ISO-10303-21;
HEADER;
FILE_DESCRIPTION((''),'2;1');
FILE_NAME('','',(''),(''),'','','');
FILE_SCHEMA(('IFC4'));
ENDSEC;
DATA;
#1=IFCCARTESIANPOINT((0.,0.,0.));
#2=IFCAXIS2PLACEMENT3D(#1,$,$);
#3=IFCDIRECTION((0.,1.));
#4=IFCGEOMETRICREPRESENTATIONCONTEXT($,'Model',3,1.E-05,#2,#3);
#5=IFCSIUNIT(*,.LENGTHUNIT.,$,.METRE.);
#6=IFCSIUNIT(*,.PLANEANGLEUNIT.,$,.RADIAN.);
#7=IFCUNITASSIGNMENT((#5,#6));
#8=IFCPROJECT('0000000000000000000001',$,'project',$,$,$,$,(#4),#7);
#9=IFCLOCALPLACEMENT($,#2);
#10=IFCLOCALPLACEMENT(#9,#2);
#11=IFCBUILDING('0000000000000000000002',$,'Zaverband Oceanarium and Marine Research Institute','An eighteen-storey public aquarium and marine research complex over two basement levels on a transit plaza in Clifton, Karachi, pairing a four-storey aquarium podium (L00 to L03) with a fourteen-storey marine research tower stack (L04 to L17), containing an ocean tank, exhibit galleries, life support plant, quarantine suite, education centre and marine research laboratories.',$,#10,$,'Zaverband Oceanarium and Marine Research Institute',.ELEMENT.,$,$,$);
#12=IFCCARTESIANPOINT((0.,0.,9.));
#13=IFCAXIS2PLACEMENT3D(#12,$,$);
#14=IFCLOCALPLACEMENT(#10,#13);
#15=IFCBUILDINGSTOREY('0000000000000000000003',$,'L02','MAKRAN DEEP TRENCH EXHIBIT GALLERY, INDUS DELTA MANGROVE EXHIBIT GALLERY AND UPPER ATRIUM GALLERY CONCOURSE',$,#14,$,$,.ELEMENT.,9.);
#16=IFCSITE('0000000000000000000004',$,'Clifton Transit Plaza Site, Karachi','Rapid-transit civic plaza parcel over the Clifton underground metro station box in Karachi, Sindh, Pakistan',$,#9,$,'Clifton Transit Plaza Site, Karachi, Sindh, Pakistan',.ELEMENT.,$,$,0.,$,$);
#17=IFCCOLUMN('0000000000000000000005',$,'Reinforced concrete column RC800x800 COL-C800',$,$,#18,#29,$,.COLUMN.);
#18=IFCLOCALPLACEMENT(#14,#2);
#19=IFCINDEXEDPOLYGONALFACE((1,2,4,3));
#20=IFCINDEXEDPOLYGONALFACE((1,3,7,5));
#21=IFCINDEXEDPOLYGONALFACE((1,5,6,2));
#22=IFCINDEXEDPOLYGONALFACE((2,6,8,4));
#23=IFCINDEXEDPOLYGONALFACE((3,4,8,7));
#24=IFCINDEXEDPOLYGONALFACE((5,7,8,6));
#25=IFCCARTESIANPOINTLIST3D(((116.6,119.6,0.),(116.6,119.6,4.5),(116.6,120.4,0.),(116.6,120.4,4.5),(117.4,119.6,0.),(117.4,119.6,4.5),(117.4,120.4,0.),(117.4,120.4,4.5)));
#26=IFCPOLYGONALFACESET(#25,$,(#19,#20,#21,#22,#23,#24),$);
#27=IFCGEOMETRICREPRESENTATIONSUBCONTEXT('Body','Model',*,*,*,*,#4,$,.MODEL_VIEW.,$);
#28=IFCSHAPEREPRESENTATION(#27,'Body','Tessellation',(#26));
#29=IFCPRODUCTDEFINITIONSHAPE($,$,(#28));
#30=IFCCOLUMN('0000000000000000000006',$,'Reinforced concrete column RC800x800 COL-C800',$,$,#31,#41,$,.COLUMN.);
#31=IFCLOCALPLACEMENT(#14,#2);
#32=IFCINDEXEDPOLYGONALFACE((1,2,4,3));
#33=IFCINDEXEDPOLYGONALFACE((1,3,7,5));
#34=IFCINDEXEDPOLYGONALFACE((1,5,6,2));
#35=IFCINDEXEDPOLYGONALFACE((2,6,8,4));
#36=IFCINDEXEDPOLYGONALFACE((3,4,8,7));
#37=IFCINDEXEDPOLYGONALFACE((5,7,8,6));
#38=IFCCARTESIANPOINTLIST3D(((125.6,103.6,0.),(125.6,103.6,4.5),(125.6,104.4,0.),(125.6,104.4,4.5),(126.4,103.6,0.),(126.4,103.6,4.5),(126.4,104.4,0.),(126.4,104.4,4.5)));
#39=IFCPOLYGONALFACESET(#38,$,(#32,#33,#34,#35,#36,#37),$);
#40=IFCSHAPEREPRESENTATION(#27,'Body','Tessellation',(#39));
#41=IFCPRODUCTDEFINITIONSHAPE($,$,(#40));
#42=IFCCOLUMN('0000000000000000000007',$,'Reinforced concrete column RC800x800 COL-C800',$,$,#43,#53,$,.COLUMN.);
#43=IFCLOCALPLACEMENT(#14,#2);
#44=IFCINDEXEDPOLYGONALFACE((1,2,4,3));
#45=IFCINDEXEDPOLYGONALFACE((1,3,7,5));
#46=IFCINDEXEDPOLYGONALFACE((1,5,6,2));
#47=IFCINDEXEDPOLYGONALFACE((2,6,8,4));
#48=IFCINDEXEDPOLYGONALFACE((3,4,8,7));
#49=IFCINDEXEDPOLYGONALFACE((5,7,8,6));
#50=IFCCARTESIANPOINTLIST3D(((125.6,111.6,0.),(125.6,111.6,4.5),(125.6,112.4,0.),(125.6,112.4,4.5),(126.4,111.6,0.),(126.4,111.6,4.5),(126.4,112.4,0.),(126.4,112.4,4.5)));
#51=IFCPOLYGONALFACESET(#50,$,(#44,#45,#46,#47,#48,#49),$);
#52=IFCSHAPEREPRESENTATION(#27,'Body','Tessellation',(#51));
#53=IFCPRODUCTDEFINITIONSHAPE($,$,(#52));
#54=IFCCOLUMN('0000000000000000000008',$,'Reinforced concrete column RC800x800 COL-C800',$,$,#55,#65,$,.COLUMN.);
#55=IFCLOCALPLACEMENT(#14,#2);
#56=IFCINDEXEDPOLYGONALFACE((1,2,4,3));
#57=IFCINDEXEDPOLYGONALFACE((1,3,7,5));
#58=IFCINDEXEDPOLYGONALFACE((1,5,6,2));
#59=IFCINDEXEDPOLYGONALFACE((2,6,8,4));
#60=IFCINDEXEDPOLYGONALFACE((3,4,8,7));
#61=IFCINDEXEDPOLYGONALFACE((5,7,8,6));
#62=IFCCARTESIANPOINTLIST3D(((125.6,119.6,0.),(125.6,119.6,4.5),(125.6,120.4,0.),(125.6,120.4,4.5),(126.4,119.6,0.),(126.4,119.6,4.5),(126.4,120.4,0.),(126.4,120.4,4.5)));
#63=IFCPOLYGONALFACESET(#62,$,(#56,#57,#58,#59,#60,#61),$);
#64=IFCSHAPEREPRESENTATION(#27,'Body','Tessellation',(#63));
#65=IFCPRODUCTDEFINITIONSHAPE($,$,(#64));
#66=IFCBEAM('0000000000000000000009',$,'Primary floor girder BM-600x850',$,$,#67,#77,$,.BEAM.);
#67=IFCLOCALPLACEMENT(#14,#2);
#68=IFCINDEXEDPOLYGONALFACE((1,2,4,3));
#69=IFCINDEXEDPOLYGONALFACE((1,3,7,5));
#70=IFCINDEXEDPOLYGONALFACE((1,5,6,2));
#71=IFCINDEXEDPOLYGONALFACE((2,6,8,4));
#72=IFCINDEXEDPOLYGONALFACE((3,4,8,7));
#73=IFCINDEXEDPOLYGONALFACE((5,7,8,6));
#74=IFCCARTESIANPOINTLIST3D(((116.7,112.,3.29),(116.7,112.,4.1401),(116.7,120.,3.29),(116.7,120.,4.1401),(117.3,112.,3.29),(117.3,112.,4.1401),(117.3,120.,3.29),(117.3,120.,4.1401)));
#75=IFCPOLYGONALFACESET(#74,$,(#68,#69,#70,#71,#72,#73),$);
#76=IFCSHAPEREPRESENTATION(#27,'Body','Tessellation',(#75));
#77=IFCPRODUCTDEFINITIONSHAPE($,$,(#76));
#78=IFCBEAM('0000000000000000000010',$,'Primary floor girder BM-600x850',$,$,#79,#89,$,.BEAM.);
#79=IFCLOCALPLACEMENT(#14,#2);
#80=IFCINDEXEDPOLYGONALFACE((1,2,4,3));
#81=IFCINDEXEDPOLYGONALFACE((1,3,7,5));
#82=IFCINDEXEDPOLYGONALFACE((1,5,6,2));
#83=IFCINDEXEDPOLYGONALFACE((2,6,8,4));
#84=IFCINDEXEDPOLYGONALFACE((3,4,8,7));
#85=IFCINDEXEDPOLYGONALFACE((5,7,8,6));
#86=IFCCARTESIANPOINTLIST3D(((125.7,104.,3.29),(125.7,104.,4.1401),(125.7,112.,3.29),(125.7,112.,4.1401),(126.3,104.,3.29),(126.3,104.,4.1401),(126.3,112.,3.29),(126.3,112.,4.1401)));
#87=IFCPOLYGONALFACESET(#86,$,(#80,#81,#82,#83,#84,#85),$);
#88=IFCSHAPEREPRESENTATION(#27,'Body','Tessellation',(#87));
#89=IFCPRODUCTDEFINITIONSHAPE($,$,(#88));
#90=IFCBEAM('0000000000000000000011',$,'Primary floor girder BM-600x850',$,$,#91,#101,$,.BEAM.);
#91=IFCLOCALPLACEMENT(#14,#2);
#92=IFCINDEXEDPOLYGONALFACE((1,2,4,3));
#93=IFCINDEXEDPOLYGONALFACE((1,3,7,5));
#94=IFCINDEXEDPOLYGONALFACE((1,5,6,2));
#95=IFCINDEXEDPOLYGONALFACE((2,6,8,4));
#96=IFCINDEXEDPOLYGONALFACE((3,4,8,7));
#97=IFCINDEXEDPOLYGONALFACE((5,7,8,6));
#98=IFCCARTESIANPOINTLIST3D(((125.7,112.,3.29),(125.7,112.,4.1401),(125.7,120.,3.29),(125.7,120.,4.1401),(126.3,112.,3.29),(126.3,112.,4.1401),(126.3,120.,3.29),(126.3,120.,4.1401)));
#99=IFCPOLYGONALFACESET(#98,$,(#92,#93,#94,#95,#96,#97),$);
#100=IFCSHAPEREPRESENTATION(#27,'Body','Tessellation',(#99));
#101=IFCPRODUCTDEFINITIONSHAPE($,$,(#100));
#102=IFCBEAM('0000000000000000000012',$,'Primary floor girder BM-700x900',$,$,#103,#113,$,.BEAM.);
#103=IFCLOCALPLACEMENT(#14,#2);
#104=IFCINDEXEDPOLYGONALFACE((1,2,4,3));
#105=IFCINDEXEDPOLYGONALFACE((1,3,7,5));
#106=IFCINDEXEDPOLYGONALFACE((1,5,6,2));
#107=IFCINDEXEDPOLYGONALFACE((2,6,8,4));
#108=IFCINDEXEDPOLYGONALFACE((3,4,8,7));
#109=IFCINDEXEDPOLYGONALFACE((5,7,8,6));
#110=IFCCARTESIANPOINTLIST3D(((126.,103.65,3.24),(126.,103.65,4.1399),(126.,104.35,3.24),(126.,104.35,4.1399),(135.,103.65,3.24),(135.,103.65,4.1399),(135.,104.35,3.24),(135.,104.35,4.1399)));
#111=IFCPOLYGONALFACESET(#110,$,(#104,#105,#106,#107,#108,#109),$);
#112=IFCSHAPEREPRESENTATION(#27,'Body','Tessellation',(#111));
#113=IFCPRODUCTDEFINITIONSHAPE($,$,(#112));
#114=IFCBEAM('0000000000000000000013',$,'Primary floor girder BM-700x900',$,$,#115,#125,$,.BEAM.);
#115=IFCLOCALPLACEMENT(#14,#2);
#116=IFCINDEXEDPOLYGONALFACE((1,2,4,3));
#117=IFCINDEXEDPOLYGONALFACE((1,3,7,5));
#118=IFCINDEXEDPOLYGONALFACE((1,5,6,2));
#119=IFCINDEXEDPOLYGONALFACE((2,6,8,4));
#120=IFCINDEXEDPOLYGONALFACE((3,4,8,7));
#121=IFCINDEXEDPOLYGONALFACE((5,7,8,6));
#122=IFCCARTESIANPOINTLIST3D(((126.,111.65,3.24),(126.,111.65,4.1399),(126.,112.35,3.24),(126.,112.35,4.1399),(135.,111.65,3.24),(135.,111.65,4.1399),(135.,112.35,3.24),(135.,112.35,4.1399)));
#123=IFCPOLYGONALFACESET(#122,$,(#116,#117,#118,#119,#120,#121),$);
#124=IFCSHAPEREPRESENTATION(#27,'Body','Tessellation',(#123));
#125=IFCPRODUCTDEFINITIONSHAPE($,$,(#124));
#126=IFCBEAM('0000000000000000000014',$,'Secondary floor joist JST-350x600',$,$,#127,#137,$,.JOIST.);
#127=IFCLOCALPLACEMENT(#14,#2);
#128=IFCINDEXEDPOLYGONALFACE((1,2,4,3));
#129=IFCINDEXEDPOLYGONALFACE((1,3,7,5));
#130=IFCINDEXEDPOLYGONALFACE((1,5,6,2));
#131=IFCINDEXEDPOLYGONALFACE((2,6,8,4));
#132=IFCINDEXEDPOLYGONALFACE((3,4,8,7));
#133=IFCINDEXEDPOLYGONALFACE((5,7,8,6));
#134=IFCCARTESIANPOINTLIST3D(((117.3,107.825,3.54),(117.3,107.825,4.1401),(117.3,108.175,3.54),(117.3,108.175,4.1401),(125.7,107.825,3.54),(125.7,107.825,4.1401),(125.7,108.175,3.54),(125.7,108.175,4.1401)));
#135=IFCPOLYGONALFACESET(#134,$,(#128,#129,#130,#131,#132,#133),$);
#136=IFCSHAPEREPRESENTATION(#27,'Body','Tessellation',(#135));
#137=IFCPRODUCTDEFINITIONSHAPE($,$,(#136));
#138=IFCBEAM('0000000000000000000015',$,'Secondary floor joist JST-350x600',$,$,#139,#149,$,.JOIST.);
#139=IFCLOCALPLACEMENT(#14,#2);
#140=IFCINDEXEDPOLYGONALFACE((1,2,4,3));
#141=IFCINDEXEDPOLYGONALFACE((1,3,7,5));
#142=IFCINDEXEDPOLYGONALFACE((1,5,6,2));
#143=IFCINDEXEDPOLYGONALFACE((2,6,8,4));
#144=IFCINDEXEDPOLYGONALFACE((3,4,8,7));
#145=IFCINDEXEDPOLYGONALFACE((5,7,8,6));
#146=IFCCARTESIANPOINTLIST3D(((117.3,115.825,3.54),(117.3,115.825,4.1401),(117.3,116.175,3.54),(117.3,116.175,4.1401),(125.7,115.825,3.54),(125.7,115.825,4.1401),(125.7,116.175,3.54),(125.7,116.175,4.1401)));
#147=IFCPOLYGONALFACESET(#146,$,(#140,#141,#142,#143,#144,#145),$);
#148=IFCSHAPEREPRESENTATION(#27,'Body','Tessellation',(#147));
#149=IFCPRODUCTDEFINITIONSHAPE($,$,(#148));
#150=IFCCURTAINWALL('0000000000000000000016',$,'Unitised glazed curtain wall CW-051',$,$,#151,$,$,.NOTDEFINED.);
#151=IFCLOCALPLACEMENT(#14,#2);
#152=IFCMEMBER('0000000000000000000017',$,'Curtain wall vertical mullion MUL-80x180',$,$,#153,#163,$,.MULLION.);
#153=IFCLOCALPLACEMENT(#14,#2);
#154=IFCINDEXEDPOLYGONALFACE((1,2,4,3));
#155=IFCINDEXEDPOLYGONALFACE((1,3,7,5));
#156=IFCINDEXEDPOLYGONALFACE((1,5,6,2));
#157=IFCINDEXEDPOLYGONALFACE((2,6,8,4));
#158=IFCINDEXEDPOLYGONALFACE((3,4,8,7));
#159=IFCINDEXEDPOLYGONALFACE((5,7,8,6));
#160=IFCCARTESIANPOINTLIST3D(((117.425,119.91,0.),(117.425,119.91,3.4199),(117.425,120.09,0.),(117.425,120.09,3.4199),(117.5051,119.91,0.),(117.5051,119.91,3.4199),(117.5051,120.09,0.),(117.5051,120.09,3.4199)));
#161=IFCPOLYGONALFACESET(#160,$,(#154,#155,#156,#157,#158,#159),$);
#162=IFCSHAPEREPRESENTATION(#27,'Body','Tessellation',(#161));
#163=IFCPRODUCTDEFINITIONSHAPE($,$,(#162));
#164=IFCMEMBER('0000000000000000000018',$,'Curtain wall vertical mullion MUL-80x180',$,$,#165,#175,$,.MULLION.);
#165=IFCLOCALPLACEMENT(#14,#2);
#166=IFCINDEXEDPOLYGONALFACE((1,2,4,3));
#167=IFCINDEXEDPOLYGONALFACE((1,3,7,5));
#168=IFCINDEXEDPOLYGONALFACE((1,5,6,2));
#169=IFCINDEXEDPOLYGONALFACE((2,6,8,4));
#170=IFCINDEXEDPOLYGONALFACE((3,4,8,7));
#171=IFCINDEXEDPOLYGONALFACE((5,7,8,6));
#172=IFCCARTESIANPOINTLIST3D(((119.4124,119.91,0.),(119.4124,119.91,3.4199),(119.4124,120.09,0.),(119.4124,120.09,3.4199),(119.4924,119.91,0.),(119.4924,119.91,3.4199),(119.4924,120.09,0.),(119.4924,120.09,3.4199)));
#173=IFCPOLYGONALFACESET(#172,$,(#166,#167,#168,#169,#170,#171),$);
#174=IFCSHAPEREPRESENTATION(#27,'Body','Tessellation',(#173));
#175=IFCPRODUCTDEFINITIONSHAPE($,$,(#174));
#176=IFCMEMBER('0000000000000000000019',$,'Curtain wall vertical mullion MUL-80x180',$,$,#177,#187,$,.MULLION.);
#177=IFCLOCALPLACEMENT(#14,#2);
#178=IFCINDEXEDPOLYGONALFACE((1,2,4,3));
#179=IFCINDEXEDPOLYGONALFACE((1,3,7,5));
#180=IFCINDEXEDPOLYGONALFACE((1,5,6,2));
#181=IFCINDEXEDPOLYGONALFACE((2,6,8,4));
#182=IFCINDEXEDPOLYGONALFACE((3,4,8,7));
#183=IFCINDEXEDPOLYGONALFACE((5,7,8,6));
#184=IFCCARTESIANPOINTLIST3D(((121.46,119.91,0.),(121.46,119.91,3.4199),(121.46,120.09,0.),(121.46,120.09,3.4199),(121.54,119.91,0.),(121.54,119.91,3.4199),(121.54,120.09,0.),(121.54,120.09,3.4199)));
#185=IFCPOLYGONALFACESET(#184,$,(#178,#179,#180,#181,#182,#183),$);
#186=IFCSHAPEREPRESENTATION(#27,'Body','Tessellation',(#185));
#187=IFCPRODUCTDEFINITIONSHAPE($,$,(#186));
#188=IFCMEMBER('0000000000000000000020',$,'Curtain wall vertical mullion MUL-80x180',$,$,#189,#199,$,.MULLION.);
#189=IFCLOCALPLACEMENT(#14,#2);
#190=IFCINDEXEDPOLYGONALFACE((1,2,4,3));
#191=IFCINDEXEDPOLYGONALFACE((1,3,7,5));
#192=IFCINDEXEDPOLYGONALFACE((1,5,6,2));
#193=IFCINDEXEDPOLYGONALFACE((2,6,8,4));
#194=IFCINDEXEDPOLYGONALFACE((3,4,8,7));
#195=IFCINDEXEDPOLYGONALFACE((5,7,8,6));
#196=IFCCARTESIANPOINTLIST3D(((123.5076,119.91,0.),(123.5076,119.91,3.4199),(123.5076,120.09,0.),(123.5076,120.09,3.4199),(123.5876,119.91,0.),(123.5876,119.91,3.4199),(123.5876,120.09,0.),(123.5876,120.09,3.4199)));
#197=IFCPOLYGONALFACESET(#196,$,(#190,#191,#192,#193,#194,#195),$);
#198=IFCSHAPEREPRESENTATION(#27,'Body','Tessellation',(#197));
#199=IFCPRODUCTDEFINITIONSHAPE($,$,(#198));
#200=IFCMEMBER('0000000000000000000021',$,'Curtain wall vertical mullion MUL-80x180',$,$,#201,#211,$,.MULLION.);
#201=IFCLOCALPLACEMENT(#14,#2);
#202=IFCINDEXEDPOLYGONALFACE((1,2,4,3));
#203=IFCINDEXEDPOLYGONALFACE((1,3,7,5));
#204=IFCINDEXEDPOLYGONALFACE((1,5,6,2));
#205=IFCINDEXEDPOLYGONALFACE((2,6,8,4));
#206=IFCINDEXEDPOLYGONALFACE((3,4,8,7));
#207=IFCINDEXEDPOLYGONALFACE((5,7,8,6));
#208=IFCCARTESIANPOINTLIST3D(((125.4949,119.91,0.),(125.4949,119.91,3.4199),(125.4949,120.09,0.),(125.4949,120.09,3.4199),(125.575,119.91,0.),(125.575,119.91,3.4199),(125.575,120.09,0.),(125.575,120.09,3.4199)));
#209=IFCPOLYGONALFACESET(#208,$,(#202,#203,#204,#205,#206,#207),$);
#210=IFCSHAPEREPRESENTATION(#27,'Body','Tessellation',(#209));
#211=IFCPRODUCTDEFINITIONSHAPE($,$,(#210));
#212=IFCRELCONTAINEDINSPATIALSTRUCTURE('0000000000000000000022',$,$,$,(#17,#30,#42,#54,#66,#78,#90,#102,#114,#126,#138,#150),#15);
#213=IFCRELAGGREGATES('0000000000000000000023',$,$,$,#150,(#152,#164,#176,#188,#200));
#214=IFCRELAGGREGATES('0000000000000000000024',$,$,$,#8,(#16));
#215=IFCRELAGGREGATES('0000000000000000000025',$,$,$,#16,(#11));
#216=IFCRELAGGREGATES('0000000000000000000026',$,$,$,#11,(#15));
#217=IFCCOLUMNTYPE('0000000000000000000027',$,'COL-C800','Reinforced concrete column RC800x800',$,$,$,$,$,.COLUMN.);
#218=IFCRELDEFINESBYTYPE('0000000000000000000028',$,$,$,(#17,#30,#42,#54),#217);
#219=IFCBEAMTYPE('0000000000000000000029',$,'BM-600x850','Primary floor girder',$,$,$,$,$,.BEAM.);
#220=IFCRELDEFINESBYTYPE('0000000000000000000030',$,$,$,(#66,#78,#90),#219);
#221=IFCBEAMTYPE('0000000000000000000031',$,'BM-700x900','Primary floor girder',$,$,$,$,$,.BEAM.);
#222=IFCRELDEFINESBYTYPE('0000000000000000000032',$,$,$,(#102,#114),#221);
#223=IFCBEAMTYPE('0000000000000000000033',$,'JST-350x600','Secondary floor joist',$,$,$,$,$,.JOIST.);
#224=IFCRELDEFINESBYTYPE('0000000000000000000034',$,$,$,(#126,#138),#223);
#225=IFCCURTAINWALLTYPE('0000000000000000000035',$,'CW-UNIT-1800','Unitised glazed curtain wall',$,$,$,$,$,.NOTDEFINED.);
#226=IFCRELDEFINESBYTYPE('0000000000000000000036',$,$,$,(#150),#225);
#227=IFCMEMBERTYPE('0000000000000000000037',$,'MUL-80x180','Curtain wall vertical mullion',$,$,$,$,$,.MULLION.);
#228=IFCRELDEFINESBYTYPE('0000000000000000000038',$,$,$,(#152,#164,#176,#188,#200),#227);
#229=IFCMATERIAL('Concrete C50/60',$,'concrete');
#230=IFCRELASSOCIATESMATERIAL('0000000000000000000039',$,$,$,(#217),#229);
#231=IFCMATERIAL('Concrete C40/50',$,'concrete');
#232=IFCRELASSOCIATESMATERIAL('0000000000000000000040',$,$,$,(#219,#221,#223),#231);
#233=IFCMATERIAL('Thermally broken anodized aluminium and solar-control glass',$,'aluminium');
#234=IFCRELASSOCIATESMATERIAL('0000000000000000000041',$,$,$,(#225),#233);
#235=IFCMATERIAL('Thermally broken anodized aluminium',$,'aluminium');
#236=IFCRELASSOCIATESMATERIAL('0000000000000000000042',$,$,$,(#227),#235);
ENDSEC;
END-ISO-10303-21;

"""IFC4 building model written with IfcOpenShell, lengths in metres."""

from ifc_helpers import new_model, si_unit, direction, frame, origin, origin_2d, place, context, subcontext, project, spatial, rectangle, extrude, material, material_profile, profile_set, type_object, element, aggregate, save


model = new_model("IFC4")

# Units and contexts
model_context = context("Model", 3, precision=1e-05, world=origin(), true_north=direction((0.0, 1.0)))
body_context = subcontext(model_context, "Body", "Model", "MODEL_VIEW")
ifc_project = project(units=[si_unit("LENGTHUNIT", "METRE"), si_unit("PLANEANGLEUNIT", "RADIAN")], contexts=[model_context])

# Site, building, storey
site_placement = place(None, origin())
site = spatial("IfcSite", under=ifc_project, at=site_placement, Name="Clifton Transit Plaza Site, Karachi", Description="Rapid-transit civic plaza parcel over the Clifton underground metro station box in Karachi, Sindh, Pakistan", LongName="Clifton Transit Plaza Site, Karachi, Sindh, Pakistan", CompositionType="ELEMENT", RefElevation=0.0)
building_placement = place(site_placement, origin())
building = spatial("IfcBuilding", under=site, at=building_placement, Name="Zaverband Oceanarium and Marine Research Institute", Description="An eighteen-storey public aquarium and marine research complex over two basement levels on a transit plaza in Clifton, Karachi, pairing a four-storey aquarium podium (L00 to L03) with a fourteen-storey marine research tower stack (L04 to L17), containing an ocean tank, exhibit galleries, life support plant, quarantine suite, education centre and marine research laboratories.", LongName="Zaverband Oceanarium and Marine Research Institute", CompositionType="ELEMENT")
storey_placement = place(building_placement, frame((0.0, 0.0, 9.0)))
storey = spatial("IfcBuildingStorey", under=building, at=storey_placement, Name="L02", Description="MAKRAN DEEP TRENCH EXHIBIT GALLERY, INDUS DELTA MANGROVE EXHIBIT GALLERY AND UPPER ATRIUM GALLERY CONCOURSE", CompositionType="ELEMENT", Elevation=9.0)

# Columns
ifc_material_1 = material(Name="Concrete C50/60", Category="concrete")
ifc_material_profile_1 = material_profile(ifc_material_1, rectangle(XDim=0.8, YDim=0.8, at=origin_2d()), Name="RC800x800")
ifc_profile_set_1 = profile_set([ifc_material_profile_1], Name="Concrete C50/60")
column_type = type_object("IfcColumnType", Name="COL-C800", Description="Reinforced concrete column RC800x800", PredefinedType="COLUMN", material=ifc_profile_set_1)
for number, where, z_axis, x_axis, name in (
    (1, (117.0, 120.0, 0.0), (0.0, 0.0, 1.0), (1.0, 0.0, 0.0), "Reinforced concrete column RC800x800 COL-C800"),
    (2, (126.0, 104.0, 0.0), (0.0, 0.0, 1.0), (1.0, 0.0, 0.0), "Reinforced concrete column RC800x800 COL-C800"),
    (3, (126.0, 112.0, 0.0), (0.0, 0.0, 1.0), (1.0, 0.0, 0.0), "Reinforced concrete column RC800x800 COL-C800"),
    (4, (126.0, 120.0, 0.0), (0.0, 0.0, 1.0), (1.0, 0.0, 0.0), "Reinforced concrete column RC800x800 COL-C800"),
):
    element("IfcColumn", number, at=place(storey_placement, frame(where, z_axis=z_axis, x_axis=x_axis)), inside=storey, type_object=column_type, Name=name, PredefinedType="COLUMN", context=body_context, shape_type="SweptSolid", body=[
        extrude(rectangle(XDim=0.8, YDim=0.8, at=origin_2d()), origin(), (0.0, 0.0, 1.0), 4.5),
    ])

# Beams
ifc_material_2 = material(Name="Concrete C40/50", Category="concrete")
ifc_material_profile_2 = material_profile(ifc_material_2, rectangle(XDim=0.6001, YDim=0.8501, at=origin_2d()), Name="RC600x850")
ifc_profile_set_2 = profile_set([ifc_material_profile_2], Name="Concrete C40/50")
beam_type_1 = type_object("IfcBeamType", Name="BM-600x850", Description="Primary floor girder", PredefinedType="BEAM", material=ifc_profile_set_2)
for number, where, z_axis, x_axis, name in (
    (5, (117.0, 112.0, 3.7151), (0.0, 1.0, 0.0), (-1.0, 0.0, 0.0), "Primary floor girder BM-600x850"),
    (6, (126.0, 104.0, 3.7151), (0.0, 1.0, 0.0), (-1.0, 0.0, 0.0), "Primary floor girder BM-600x850"),
    (7, (126.0, 112.0, 3.7151), (0.0, 1.0, 0.0), (-1.0, 0.0, 0.0), "Primary floor girder BM-600x850"),
):
    element("IfcBeam", number, at=place(storey_placement, frame(where, z_axis=z_axis, x_axis=x_axis)), inside=storey, type_object=beam_type_1, Name=name, PredefinedType="BEAM", context=body_context, shape_type="SweptSolid", body=[
        extrude(rectangle(XDim=0.6001, YDim=0.8501, at=origin_2d()), origin(), (0.0, 0.0, 1.0), 8.0),
    ])
ifc_material_profile_3 = material_profile(ifc_material_2, rectangle(XDim=0.7, YDim=0.8999, at=origin_2d()), Name="RC700x900")
ifc_profile_set_3 = profile_set([ifc_material_profile_3], Name="Concrete C40/50")
beam_type_2 = type_object("IfcBeamType", Name="BM-700x900", Description="Primary floor girder", PredefinedType="BEAM", material=ifc_profile_set_3)
for number, where, z_axis, x_axis, name in (
    (8, (126.0, 104.0, 3.6899), (1.0, 0.0, 0.0), (0.0, 1.0, 0.0), "Primary floor girder BM-700x900"),
    (9, (126.0, 112.0, 3.6899), (1.0, 0.0, 0.0), (0.0, 1.0, 0.0), "Primary floor girder BM-700x900"),
):
    element("IfcBeam", number, at=place(storey_placement, frame(where, z_axis=z_axis, x_axis=x_axis)), inside=storey, type_object=beam_type_2, Name=name, PredefinedType="BEAM", context=body_context, shape_type="SweptSolid", body=[
        extrude(rectangle(XDim=0.7, YDim=0.8999, at=origin_2d()), origin(), (0.0, 0.0, 1.0), 9.0),
    ])
ifc_material_profile_4 = material_profile(ifc_material_2, rectangle(XDim=0.3501, YDim=0.6001, at=origin_2d()), Name="RC350x600")
ifc_profile_set_4 = profile_set([ifc_material_profile_4], Name="Concrete C40/50")
beam_type_3 = type_object("IfcBeamType", Name="JST-350x600", Description="Secondary floor joist", PredefinedType="JOIST", material=ifc_profile_set_4)
for number, where, z_axis, x_axis, name in (
    (10, (117.3, 108.0, 3.8401), (1.0, 0.0, 0.0), (0.0, 1.0, 0.0), "Secondary floor joist JST-350x600"),
    (11, (117.3, 116.0, 3.8401), (1.0, 0.0, 0.0), (0.0, 1.0, 0.0), "Secondary floor joist JST-350x600"),
):
    element("IfcBeam", number, at=place(storey_placement, frame(where, z_axis=z_axis, x_axis=x_axis)), inside=storey, type_object=beam_type_3, Name=name, PredefinedType="JOIST", context=body_context, shape_type="SweptSolid", body=[
        extrude(rectangle(XDim=0.3501, YDim=0.6001, at=origin_2d()), origin(), (0.0, 0.0, 1.0), 8.3999),
    ])

# Curtain wall, members
ifc_material_3 = material(Name="Thermally broken anodized aluminium and solar-control glass", Category="aluminium")
curtain_wall_type = type_object("IfcCurtainWallType", Name="CW-UNIT-1800", Description="Unitised glazed curtain wall", PredefinedType="NOTDEFINED", material=ifc_material_3)
curtain_wall_placement = place(storey_placement, origin())
curtain_wall = element("IfcCurtainWall", 12, at=curtain_wall_placement, inside=storey, type_object=curtain_wall_type, Name="Unitised glazed curtain wall CW-051", PredefinedType="NOTDEFINED")
ifc_material_4 = material(Name="Thermally broken anodized aluminium", Category="aluminium")
ifc_material_profile_5 = material_profile(ifc_material_4, rectangle(XDim=0.0801, YDim=0.1799, at=origin_2d()), Name="AL-MUL-80x180")
ifc_profile_set_5 = profile_set([ifc_material_profile_5], Name="Thermally broken anodized aluminium")
member_type_1 = type_object("IfcMemberType", Name="MUL-80x180", Description="Curtain wall vertical mullion", PredefinedType="MULLION", material=ifc_profile_set_5)
member_1_placement = place(storey_placement, frame((117.4651, 120.0, 0.0), z_axis=(0.0, 0.0, 1.0), x_axis=(1.0, 0.0, 0.0)))
member_1 = element("IfcMember", 13, at=member_1_placement, type_object=member_type_1, Name="Curtain wall vertical mullion MUL-80x180", PredefinedType="MULLION", context=body_context, shape_type="SweptSolid", body=[
    extrude(rectangle(XDim=0.0801, YDim=0.1799, at=origin_2d()), origin(), (0.0, 0.0, 1.0), 3.4199),
])
member_2_placement = place(storey_placement, frame((119.4524, 120.0, 0.0), z_axis=(0.0, 0.0, 1.0), x_axis=(1.0, 0.0, 0.0)))
member_2 = element("IfcMember", 14, at=member_2_placement, type_object=member_type_1, Name="Curtain wall vertical mullion MUL-80x180", PredefinedType="MULLION", context=body_context, shape_type="SweptSolid", body=[
    extrude(rectangle(XDim=0.0801, YDim=0.1799, at=origin_2d()), origin(), (0.0, 0.0, 1.0), 3.4199),
])
member_3_placement = place(storey_placement, frame((121.5, 120.0, 0.0), z_axis=(0.0, 0.0, 1.0), x_axis=(1.0, 0.0, 0.0)))
member_3 = element("IfcMember", 15, at=member_3_placement, type_object=member_type_1, Name="Curtain wall vertical mullion MUL-80x180", PredefinedType="MULLION", context=body_context, shape_type="SweptSolid", body=[
    extrude(rectangle(XDim=0.0801, YDim=0.1799, at=origin_2d()), origin(), (0.0, 0.0, 1.0), 3.4199),
])
member_4_placement = place(storey_placement, frame((123.5476, 120.0, 0.0), z_axis=(0.0, 0.0, 1.0), x_axis=(1.0, 0.0, 0.0)))
member_4 = element("IfcMember", 16, at=member_4_placement, type_object=member_type_1, Name="Curtain wall vertical mullion MUL-80x180", PredefinedType="MULLION", context=body_context, shape_type="SweptSolid", body=[
    extrude(rectangle(XDim=0.0801, YDim=0.1799, at=origin_2d()), origin(), (0.0, 0.0, 1.0), 3.4199),
])
member_5_placement = place(storey_placement, frame((125.5349, 120.0, 0.0), z_axis=(0.0, 0.0, 1.0), x_axis=(1.0, 0.0, 0.0)))
member_5 = element("IfcMember", 17, at=member_5_placement, type_object=member_type_1, Name="Curtain wall vertical mullion MUL-80x180", PredefinedType="MULLION", context=body_context, shape_type="SweptSolid", body=[
    extrude(rectangle(XDim=0.0801, YDim=0.1799, at=origin_2d()), origin(), (0.0, 0.0, 1.0), 3.4199),
])

aggregate(curtain_wall, [member_1, member_2, member_3, member_4, member_5])

save(model, "model.ifc")
